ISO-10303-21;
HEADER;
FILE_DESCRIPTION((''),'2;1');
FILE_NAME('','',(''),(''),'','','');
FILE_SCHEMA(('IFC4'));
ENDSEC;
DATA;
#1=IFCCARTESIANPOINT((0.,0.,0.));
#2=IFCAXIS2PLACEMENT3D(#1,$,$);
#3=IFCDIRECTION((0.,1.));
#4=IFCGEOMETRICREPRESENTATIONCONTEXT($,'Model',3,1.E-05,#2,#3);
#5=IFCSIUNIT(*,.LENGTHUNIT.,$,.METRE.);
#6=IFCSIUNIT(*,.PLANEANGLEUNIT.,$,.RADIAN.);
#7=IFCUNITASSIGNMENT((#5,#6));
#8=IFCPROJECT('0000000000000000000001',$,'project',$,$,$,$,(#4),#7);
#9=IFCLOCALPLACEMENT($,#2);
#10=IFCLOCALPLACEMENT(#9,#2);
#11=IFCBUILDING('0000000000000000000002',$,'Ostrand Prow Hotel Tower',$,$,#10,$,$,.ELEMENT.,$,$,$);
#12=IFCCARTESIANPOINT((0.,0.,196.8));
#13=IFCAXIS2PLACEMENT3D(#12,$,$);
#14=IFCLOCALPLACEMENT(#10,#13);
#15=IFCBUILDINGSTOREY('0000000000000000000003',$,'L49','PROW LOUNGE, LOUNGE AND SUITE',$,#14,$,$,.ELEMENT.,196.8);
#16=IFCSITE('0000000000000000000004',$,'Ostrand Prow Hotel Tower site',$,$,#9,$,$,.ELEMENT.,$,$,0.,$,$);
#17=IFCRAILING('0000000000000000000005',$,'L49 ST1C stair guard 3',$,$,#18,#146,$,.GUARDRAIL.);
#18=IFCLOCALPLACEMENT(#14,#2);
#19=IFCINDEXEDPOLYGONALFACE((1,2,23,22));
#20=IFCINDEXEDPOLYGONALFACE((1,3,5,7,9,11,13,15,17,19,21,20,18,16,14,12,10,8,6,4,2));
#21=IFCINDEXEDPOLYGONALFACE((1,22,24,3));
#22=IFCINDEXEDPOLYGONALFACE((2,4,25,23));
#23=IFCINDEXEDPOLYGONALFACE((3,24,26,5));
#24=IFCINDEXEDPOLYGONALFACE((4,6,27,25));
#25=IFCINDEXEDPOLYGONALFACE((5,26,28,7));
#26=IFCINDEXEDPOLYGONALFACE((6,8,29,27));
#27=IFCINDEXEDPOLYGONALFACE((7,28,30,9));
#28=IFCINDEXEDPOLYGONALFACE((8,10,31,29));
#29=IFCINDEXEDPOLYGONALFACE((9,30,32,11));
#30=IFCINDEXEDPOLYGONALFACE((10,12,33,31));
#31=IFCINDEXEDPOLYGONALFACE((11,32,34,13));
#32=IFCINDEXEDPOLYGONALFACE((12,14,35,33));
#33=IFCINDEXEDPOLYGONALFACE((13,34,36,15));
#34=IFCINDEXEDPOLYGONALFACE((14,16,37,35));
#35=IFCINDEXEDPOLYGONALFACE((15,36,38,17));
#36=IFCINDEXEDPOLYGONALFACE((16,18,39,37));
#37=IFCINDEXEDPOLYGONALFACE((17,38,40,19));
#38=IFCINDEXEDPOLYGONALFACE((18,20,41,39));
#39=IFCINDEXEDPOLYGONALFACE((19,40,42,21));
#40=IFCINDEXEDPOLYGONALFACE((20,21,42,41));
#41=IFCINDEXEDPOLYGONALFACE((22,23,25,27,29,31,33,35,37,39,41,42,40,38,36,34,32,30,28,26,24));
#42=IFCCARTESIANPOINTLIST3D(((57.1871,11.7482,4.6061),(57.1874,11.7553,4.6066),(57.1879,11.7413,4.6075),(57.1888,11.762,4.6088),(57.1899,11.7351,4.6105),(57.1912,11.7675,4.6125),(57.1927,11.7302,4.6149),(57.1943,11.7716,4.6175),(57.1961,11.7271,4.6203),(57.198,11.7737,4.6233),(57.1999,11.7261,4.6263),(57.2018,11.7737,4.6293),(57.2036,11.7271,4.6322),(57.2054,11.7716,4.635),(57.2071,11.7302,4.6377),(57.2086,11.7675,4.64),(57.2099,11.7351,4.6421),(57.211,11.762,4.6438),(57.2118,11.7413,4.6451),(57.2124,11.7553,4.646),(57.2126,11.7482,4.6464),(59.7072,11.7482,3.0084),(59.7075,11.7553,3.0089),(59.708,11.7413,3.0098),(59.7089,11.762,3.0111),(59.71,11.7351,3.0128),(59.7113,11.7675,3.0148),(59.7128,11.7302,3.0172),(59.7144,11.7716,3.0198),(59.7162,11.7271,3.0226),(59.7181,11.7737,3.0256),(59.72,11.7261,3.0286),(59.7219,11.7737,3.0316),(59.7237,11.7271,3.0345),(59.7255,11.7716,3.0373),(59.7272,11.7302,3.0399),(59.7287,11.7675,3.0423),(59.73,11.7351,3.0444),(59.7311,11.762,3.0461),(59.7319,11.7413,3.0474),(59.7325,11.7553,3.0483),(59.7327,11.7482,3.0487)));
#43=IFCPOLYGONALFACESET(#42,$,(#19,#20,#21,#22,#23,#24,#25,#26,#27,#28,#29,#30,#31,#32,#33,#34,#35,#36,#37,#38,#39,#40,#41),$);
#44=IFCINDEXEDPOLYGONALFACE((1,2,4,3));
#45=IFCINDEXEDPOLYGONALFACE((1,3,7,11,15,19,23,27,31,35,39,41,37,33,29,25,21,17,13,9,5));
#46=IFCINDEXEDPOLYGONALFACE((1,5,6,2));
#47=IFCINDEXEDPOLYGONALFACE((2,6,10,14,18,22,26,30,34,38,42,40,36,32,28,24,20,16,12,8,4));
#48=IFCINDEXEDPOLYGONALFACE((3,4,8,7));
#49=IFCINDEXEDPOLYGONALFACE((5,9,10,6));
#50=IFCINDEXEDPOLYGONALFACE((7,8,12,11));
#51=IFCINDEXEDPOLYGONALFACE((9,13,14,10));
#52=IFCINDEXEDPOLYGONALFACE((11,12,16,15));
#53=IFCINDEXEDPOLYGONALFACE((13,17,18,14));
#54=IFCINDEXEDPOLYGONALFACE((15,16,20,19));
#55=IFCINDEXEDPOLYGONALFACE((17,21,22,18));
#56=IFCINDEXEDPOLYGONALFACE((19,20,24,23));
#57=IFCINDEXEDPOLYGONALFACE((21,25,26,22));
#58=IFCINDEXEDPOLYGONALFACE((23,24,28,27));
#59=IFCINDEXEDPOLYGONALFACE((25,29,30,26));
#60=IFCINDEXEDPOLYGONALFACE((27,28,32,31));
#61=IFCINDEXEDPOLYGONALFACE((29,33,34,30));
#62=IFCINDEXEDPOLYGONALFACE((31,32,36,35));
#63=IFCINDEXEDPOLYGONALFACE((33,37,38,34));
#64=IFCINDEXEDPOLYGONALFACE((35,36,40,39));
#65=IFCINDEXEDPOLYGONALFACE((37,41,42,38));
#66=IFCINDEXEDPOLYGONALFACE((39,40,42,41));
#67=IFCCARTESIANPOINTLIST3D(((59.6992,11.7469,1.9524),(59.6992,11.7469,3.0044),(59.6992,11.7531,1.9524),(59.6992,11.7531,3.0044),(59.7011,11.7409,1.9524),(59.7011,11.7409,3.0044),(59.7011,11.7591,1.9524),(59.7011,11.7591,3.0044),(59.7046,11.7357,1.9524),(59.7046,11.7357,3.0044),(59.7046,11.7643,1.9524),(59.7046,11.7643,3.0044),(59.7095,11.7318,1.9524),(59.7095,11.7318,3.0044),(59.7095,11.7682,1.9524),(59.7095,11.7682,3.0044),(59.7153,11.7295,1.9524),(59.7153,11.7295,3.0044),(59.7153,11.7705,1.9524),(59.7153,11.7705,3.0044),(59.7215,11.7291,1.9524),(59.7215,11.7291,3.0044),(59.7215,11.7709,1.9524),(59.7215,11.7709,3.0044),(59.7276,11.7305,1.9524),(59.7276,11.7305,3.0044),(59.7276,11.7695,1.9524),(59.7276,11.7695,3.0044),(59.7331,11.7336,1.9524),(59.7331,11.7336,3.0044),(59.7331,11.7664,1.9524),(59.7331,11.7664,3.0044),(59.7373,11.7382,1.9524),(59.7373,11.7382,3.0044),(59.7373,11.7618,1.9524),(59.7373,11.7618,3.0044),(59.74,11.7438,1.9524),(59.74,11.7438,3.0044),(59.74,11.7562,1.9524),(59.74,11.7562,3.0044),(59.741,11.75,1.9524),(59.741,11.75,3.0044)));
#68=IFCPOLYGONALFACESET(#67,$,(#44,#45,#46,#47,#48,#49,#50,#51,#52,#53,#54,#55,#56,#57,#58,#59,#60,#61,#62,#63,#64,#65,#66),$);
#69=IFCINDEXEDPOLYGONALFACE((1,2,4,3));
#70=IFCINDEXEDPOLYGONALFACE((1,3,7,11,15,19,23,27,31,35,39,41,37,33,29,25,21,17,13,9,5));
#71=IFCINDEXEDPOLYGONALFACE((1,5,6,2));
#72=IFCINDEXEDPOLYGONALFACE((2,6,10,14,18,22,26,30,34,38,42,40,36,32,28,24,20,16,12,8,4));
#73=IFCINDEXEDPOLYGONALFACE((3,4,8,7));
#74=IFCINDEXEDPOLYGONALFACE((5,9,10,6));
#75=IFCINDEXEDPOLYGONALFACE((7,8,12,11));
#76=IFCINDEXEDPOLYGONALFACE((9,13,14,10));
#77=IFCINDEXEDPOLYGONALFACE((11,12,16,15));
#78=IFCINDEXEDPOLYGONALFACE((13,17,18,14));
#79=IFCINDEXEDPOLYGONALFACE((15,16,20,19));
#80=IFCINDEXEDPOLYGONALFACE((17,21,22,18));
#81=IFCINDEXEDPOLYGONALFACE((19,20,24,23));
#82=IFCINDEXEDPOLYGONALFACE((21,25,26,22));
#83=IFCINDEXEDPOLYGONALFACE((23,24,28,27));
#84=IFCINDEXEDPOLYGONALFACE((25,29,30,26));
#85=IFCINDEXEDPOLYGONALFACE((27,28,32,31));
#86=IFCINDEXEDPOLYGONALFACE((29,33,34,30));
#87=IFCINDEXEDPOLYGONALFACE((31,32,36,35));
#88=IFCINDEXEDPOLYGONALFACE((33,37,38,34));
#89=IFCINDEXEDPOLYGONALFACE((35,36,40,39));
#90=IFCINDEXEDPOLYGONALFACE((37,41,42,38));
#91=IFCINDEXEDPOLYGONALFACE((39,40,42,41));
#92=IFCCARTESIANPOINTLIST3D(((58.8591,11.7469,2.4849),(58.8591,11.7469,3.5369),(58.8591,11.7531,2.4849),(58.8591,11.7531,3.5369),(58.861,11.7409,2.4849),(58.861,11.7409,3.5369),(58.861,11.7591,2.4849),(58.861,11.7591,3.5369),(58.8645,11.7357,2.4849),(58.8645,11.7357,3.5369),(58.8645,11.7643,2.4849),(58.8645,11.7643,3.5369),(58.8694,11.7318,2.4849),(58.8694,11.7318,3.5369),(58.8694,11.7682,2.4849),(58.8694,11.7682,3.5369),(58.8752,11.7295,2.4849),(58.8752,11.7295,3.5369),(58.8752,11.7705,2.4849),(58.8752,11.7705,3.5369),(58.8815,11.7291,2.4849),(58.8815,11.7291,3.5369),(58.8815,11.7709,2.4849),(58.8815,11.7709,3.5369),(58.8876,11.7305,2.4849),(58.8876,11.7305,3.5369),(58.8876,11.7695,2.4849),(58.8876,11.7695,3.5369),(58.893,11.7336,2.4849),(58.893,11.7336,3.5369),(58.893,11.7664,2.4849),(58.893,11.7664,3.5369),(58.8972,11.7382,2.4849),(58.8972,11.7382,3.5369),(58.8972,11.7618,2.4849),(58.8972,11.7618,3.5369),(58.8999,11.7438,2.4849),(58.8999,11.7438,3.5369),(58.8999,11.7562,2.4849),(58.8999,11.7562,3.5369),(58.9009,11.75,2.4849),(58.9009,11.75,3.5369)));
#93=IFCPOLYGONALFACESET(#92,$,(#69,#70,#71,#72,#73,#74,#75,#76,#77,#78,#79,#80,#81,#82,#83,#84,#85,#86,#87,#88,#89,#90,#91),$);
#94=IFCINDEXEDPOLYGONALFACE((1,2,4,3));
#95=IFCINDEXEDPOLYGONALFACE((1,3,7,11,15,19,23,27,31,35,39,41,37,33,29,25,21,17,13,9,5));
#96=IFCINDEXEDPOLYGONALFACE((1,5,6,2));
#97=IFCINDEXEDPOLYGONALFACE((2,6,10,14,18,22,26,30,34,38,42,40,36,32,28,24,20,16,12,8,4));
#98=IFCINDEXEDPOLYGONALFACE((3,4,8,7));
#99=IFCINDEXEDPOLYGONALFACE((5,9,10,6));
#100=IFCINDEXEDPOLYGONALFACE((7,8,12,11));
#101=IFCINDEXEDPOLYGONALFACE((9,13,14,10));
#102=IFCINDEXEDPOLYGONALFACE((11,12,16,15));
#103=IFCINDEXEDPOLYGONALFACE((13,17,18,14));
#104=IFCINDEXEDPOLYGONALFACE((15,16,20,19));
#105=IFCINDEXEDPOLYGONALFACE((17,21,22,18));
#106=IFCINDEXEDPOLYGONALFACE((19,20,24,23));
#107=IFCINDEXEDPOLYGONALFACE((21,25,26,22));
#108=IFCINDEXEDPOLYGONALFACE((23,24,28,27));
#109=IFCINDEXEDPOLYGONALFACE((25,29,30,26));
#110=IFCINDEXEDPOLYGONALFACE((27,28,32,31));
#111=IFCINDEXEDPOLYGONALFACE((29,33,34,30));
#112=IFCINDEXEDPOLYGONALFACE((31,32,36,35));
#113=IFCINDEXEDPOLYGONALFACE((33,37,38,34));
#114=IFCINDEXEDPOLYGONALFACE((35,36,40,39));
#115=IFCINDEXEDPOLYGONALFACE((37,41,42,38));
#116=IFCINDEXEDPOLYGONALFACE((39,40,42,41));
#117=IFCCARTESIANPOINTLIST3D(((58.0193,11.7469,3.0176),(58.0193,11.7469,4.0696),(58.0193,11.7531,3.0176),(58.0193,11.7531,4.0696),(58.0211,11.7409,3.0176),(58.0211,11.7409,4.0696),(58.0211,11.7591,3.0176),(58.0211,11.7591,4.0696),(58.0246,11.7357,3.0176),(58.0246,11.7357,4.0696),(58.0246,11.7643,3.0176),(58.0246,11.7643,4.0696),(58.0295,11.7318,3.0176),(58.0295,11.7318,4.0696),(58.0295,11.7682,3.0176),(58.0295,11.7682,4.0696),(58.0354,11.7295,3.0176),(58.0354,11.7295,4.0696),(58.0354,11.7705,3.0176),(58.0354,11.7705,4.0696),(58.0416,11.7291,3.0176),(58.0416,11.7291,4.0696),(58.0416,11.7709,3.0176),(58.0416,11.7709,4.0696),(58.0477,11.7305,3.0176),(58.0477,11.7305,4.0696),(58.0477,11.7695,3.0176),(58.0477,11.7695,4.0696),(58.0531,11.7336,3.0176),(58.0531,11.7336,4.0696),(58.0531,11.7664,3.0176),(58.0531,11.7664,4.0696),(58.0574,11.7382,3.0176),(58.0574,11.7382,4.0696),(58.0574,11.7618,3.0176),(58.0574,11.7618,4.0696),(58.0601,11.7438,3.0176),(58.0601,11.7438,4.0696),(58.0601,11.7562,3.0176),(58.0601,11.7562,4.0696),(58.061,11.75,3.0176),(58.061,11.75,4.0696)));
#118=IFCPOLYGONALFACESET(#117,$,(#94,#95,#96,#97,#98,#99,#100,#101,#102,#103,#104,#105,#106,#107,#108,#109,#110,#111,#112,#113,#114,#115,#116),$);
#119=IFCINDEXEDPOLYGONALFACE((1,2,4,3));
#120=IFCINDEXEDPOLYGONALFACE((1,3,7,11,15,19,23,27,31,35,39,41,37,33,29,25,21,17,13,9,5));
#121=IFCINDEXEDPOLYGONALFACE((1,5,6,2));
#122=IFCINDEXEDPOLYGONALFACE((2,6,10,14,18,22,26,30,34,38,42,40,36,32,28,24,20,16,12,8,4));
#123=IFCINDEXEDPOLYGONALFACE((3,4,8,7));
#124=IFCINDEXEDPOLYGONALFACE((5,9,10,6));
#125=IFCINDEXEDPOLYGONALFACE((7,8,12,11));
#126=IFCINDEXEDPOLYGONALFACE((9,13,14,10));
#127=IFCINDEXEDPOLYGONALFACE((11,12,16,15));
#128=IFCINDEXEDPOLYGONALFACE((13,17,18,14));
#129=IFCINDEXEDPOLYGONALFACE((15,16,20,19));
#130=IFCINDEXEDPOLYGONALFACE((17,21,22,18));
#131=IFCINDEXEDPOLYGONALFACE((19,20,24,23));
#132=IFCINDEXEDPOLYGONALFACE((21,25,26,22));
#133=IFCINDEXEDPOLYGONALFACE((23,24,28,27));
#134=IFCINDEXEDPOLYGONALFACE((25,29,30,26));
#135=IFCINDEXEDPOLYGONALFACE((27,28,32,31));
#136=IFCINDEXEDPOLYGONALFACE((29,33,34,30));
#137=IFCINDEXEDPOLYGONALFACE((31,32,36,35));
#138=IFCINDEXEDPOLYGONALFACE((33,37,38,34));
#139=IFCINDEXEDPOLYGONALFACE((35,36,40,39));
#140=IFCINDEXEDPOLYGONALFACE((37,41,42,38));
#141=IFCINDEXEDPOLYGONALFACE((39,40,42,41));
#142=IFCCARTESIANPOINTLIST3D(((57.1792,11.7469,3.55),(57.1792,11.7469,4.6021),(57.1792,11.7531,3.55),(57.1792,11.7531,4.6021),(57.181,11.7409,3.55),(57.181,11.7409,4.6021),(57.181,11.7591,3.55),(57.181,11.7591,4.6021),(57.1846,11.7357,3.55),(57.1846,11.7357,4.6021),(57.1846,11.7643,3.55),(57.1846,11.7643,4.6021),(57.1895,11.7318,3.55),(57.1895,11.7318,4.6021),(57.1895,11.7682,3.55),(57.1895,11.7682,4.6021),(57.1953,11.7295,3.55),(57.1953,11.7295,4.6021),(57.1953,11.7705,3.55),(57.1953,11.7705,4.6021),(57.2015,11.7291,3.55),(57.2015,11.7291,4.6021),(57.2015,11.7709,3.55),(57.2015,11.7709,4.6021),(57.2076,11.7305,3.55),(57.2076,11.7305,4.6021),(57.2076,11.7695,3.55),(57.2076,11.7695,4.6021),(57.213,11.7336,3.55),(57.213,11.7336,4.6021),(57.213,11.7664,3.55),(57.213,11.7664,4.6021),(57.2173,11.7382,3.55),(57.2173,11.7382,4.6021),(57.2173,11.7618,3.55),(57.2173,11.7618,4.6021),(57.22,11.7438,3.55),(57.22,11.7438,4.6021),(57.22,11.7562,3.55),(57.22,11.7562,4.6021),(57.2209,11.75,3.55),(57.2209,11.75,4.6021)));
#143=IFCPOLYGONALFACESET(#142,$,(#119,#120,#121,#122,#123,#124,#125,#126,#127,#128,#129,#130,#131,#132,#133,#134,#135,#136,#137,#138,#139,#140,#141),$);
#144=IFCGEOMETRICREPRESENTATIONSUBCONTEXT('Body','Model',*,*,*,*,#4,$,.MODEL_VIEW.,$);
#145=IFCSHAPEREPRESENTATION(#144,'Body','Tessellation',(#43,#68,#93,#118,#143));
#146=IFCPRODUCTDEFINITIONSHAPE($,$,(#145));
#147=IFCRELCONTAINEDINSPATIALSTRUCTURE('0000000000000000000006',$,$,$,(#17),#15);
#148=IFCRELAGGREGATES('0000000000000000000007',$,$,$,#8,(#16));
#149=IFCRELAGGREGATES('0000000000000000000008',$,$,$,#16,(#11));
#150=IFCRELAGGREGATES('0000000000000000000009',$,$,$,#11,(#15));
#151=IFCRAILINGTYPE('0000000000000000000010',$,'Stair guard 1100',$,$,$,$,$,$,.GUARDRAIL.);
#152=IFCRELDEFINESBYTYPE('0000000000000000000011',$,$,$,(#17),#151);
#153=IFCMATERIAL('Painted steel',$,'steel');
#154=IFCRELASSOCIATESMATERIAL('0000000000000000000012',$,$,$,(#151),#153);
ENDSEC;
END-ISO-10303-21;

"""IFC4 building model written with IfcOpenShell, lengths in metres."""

from ifc_helpers import new_model, si_unit, direction, frame, origin, origin_2d, place, context, subcontext, project, spatial, circle, extrude, material, type_object, element, save


model = new_model("IFC4")

# Units and contexts
model_context = context("Model", 3, precision=1e-05, world=origin(), true_north=direction((0.0, 1.0)))
body_context = subcontext(model_context, "Body", "Model", "MODEL_VIEW")
ifc_project = project(units=[si_unit("LENGTHUNIT", "METRE"), si_unit("PLANEANGLEUNIT", "RADIAN")], contexts=[model_context])

# Site, building, storey
site_placement = place(None, origin())
site = spatial("IfcSite", under=ifc_project, at=site_placement, Name="Ostrand Prow Hotel Tower site", CompositionType="ELEMENT", RefElevation=0.0)
building_placement = place(site_placement, origin())
building = spatial("IfcBuilding", under=site, at=building_placement, Name="Ostrand Prow Hotel Tower", CompositionType="ELEMENT")
storey_placement = place(building_placement, frame((0.0, 0.0, 196.8)))
storey = spatial("IfcBuildingStorey", under=building, at=storey_placement, Name="L49", Description="PROW LOUNGE, LOUNGE AND SUITE", CompositionType="ELEMENT", Elevation=196.8)

# Railing
ifc_material_1 = material(Name="Painted steel", Category="steel")
railing_type_1 = type_object("IfcRailingType", Name="Stair guard 1100", PredefinedType="GUARDRAIL", material=ifc_material_1)
railing_1_placement = place(storey_placement, frame((59.72, 11.75, 1.9524)))
element("IfcRailing", 1, at=railing_1_placement, inside=storey, type_object=railing_type_1, Name="L49 ST1C stair guard 3", PredefinedType="GUARDRAIL", context=body_context, shape_type="SweptSolid", body=[
    extrude(circle(Radius=0.0239, at=origin_2d()), frame((0.0, 0.0, 1.0762), z_axis=(-0.84457, 0.0, 0.535445), x_axis=(0.0, -1.0, 0.0)), (0.0, 0.0, 1.0), 2.9839),
    extrude(circle(Radius=0.021, at=origin_2d()), origin(), (0.0, 0.0, 1.0), 1.052),
    extrude(circle(Radius=0.021, at=origin_2d()), frame((-0.8401, 0.0, 0.5325)), (0.0, 0.0, 1.0), 1.052),
    extrude(circle(Radius=0.021, at=origin_2d()), frame((-1.6799, 0.0, 1.0652)), (0.0, 0.0, 1.0), 1.052),
    extrude(circle(Radius=0.021, at=origin_2d()), frame((-2.52, 0.0, 1.5977)), (0.0, 0.0, 1.0), 1.052),
])

save(model, "model.ifc")
